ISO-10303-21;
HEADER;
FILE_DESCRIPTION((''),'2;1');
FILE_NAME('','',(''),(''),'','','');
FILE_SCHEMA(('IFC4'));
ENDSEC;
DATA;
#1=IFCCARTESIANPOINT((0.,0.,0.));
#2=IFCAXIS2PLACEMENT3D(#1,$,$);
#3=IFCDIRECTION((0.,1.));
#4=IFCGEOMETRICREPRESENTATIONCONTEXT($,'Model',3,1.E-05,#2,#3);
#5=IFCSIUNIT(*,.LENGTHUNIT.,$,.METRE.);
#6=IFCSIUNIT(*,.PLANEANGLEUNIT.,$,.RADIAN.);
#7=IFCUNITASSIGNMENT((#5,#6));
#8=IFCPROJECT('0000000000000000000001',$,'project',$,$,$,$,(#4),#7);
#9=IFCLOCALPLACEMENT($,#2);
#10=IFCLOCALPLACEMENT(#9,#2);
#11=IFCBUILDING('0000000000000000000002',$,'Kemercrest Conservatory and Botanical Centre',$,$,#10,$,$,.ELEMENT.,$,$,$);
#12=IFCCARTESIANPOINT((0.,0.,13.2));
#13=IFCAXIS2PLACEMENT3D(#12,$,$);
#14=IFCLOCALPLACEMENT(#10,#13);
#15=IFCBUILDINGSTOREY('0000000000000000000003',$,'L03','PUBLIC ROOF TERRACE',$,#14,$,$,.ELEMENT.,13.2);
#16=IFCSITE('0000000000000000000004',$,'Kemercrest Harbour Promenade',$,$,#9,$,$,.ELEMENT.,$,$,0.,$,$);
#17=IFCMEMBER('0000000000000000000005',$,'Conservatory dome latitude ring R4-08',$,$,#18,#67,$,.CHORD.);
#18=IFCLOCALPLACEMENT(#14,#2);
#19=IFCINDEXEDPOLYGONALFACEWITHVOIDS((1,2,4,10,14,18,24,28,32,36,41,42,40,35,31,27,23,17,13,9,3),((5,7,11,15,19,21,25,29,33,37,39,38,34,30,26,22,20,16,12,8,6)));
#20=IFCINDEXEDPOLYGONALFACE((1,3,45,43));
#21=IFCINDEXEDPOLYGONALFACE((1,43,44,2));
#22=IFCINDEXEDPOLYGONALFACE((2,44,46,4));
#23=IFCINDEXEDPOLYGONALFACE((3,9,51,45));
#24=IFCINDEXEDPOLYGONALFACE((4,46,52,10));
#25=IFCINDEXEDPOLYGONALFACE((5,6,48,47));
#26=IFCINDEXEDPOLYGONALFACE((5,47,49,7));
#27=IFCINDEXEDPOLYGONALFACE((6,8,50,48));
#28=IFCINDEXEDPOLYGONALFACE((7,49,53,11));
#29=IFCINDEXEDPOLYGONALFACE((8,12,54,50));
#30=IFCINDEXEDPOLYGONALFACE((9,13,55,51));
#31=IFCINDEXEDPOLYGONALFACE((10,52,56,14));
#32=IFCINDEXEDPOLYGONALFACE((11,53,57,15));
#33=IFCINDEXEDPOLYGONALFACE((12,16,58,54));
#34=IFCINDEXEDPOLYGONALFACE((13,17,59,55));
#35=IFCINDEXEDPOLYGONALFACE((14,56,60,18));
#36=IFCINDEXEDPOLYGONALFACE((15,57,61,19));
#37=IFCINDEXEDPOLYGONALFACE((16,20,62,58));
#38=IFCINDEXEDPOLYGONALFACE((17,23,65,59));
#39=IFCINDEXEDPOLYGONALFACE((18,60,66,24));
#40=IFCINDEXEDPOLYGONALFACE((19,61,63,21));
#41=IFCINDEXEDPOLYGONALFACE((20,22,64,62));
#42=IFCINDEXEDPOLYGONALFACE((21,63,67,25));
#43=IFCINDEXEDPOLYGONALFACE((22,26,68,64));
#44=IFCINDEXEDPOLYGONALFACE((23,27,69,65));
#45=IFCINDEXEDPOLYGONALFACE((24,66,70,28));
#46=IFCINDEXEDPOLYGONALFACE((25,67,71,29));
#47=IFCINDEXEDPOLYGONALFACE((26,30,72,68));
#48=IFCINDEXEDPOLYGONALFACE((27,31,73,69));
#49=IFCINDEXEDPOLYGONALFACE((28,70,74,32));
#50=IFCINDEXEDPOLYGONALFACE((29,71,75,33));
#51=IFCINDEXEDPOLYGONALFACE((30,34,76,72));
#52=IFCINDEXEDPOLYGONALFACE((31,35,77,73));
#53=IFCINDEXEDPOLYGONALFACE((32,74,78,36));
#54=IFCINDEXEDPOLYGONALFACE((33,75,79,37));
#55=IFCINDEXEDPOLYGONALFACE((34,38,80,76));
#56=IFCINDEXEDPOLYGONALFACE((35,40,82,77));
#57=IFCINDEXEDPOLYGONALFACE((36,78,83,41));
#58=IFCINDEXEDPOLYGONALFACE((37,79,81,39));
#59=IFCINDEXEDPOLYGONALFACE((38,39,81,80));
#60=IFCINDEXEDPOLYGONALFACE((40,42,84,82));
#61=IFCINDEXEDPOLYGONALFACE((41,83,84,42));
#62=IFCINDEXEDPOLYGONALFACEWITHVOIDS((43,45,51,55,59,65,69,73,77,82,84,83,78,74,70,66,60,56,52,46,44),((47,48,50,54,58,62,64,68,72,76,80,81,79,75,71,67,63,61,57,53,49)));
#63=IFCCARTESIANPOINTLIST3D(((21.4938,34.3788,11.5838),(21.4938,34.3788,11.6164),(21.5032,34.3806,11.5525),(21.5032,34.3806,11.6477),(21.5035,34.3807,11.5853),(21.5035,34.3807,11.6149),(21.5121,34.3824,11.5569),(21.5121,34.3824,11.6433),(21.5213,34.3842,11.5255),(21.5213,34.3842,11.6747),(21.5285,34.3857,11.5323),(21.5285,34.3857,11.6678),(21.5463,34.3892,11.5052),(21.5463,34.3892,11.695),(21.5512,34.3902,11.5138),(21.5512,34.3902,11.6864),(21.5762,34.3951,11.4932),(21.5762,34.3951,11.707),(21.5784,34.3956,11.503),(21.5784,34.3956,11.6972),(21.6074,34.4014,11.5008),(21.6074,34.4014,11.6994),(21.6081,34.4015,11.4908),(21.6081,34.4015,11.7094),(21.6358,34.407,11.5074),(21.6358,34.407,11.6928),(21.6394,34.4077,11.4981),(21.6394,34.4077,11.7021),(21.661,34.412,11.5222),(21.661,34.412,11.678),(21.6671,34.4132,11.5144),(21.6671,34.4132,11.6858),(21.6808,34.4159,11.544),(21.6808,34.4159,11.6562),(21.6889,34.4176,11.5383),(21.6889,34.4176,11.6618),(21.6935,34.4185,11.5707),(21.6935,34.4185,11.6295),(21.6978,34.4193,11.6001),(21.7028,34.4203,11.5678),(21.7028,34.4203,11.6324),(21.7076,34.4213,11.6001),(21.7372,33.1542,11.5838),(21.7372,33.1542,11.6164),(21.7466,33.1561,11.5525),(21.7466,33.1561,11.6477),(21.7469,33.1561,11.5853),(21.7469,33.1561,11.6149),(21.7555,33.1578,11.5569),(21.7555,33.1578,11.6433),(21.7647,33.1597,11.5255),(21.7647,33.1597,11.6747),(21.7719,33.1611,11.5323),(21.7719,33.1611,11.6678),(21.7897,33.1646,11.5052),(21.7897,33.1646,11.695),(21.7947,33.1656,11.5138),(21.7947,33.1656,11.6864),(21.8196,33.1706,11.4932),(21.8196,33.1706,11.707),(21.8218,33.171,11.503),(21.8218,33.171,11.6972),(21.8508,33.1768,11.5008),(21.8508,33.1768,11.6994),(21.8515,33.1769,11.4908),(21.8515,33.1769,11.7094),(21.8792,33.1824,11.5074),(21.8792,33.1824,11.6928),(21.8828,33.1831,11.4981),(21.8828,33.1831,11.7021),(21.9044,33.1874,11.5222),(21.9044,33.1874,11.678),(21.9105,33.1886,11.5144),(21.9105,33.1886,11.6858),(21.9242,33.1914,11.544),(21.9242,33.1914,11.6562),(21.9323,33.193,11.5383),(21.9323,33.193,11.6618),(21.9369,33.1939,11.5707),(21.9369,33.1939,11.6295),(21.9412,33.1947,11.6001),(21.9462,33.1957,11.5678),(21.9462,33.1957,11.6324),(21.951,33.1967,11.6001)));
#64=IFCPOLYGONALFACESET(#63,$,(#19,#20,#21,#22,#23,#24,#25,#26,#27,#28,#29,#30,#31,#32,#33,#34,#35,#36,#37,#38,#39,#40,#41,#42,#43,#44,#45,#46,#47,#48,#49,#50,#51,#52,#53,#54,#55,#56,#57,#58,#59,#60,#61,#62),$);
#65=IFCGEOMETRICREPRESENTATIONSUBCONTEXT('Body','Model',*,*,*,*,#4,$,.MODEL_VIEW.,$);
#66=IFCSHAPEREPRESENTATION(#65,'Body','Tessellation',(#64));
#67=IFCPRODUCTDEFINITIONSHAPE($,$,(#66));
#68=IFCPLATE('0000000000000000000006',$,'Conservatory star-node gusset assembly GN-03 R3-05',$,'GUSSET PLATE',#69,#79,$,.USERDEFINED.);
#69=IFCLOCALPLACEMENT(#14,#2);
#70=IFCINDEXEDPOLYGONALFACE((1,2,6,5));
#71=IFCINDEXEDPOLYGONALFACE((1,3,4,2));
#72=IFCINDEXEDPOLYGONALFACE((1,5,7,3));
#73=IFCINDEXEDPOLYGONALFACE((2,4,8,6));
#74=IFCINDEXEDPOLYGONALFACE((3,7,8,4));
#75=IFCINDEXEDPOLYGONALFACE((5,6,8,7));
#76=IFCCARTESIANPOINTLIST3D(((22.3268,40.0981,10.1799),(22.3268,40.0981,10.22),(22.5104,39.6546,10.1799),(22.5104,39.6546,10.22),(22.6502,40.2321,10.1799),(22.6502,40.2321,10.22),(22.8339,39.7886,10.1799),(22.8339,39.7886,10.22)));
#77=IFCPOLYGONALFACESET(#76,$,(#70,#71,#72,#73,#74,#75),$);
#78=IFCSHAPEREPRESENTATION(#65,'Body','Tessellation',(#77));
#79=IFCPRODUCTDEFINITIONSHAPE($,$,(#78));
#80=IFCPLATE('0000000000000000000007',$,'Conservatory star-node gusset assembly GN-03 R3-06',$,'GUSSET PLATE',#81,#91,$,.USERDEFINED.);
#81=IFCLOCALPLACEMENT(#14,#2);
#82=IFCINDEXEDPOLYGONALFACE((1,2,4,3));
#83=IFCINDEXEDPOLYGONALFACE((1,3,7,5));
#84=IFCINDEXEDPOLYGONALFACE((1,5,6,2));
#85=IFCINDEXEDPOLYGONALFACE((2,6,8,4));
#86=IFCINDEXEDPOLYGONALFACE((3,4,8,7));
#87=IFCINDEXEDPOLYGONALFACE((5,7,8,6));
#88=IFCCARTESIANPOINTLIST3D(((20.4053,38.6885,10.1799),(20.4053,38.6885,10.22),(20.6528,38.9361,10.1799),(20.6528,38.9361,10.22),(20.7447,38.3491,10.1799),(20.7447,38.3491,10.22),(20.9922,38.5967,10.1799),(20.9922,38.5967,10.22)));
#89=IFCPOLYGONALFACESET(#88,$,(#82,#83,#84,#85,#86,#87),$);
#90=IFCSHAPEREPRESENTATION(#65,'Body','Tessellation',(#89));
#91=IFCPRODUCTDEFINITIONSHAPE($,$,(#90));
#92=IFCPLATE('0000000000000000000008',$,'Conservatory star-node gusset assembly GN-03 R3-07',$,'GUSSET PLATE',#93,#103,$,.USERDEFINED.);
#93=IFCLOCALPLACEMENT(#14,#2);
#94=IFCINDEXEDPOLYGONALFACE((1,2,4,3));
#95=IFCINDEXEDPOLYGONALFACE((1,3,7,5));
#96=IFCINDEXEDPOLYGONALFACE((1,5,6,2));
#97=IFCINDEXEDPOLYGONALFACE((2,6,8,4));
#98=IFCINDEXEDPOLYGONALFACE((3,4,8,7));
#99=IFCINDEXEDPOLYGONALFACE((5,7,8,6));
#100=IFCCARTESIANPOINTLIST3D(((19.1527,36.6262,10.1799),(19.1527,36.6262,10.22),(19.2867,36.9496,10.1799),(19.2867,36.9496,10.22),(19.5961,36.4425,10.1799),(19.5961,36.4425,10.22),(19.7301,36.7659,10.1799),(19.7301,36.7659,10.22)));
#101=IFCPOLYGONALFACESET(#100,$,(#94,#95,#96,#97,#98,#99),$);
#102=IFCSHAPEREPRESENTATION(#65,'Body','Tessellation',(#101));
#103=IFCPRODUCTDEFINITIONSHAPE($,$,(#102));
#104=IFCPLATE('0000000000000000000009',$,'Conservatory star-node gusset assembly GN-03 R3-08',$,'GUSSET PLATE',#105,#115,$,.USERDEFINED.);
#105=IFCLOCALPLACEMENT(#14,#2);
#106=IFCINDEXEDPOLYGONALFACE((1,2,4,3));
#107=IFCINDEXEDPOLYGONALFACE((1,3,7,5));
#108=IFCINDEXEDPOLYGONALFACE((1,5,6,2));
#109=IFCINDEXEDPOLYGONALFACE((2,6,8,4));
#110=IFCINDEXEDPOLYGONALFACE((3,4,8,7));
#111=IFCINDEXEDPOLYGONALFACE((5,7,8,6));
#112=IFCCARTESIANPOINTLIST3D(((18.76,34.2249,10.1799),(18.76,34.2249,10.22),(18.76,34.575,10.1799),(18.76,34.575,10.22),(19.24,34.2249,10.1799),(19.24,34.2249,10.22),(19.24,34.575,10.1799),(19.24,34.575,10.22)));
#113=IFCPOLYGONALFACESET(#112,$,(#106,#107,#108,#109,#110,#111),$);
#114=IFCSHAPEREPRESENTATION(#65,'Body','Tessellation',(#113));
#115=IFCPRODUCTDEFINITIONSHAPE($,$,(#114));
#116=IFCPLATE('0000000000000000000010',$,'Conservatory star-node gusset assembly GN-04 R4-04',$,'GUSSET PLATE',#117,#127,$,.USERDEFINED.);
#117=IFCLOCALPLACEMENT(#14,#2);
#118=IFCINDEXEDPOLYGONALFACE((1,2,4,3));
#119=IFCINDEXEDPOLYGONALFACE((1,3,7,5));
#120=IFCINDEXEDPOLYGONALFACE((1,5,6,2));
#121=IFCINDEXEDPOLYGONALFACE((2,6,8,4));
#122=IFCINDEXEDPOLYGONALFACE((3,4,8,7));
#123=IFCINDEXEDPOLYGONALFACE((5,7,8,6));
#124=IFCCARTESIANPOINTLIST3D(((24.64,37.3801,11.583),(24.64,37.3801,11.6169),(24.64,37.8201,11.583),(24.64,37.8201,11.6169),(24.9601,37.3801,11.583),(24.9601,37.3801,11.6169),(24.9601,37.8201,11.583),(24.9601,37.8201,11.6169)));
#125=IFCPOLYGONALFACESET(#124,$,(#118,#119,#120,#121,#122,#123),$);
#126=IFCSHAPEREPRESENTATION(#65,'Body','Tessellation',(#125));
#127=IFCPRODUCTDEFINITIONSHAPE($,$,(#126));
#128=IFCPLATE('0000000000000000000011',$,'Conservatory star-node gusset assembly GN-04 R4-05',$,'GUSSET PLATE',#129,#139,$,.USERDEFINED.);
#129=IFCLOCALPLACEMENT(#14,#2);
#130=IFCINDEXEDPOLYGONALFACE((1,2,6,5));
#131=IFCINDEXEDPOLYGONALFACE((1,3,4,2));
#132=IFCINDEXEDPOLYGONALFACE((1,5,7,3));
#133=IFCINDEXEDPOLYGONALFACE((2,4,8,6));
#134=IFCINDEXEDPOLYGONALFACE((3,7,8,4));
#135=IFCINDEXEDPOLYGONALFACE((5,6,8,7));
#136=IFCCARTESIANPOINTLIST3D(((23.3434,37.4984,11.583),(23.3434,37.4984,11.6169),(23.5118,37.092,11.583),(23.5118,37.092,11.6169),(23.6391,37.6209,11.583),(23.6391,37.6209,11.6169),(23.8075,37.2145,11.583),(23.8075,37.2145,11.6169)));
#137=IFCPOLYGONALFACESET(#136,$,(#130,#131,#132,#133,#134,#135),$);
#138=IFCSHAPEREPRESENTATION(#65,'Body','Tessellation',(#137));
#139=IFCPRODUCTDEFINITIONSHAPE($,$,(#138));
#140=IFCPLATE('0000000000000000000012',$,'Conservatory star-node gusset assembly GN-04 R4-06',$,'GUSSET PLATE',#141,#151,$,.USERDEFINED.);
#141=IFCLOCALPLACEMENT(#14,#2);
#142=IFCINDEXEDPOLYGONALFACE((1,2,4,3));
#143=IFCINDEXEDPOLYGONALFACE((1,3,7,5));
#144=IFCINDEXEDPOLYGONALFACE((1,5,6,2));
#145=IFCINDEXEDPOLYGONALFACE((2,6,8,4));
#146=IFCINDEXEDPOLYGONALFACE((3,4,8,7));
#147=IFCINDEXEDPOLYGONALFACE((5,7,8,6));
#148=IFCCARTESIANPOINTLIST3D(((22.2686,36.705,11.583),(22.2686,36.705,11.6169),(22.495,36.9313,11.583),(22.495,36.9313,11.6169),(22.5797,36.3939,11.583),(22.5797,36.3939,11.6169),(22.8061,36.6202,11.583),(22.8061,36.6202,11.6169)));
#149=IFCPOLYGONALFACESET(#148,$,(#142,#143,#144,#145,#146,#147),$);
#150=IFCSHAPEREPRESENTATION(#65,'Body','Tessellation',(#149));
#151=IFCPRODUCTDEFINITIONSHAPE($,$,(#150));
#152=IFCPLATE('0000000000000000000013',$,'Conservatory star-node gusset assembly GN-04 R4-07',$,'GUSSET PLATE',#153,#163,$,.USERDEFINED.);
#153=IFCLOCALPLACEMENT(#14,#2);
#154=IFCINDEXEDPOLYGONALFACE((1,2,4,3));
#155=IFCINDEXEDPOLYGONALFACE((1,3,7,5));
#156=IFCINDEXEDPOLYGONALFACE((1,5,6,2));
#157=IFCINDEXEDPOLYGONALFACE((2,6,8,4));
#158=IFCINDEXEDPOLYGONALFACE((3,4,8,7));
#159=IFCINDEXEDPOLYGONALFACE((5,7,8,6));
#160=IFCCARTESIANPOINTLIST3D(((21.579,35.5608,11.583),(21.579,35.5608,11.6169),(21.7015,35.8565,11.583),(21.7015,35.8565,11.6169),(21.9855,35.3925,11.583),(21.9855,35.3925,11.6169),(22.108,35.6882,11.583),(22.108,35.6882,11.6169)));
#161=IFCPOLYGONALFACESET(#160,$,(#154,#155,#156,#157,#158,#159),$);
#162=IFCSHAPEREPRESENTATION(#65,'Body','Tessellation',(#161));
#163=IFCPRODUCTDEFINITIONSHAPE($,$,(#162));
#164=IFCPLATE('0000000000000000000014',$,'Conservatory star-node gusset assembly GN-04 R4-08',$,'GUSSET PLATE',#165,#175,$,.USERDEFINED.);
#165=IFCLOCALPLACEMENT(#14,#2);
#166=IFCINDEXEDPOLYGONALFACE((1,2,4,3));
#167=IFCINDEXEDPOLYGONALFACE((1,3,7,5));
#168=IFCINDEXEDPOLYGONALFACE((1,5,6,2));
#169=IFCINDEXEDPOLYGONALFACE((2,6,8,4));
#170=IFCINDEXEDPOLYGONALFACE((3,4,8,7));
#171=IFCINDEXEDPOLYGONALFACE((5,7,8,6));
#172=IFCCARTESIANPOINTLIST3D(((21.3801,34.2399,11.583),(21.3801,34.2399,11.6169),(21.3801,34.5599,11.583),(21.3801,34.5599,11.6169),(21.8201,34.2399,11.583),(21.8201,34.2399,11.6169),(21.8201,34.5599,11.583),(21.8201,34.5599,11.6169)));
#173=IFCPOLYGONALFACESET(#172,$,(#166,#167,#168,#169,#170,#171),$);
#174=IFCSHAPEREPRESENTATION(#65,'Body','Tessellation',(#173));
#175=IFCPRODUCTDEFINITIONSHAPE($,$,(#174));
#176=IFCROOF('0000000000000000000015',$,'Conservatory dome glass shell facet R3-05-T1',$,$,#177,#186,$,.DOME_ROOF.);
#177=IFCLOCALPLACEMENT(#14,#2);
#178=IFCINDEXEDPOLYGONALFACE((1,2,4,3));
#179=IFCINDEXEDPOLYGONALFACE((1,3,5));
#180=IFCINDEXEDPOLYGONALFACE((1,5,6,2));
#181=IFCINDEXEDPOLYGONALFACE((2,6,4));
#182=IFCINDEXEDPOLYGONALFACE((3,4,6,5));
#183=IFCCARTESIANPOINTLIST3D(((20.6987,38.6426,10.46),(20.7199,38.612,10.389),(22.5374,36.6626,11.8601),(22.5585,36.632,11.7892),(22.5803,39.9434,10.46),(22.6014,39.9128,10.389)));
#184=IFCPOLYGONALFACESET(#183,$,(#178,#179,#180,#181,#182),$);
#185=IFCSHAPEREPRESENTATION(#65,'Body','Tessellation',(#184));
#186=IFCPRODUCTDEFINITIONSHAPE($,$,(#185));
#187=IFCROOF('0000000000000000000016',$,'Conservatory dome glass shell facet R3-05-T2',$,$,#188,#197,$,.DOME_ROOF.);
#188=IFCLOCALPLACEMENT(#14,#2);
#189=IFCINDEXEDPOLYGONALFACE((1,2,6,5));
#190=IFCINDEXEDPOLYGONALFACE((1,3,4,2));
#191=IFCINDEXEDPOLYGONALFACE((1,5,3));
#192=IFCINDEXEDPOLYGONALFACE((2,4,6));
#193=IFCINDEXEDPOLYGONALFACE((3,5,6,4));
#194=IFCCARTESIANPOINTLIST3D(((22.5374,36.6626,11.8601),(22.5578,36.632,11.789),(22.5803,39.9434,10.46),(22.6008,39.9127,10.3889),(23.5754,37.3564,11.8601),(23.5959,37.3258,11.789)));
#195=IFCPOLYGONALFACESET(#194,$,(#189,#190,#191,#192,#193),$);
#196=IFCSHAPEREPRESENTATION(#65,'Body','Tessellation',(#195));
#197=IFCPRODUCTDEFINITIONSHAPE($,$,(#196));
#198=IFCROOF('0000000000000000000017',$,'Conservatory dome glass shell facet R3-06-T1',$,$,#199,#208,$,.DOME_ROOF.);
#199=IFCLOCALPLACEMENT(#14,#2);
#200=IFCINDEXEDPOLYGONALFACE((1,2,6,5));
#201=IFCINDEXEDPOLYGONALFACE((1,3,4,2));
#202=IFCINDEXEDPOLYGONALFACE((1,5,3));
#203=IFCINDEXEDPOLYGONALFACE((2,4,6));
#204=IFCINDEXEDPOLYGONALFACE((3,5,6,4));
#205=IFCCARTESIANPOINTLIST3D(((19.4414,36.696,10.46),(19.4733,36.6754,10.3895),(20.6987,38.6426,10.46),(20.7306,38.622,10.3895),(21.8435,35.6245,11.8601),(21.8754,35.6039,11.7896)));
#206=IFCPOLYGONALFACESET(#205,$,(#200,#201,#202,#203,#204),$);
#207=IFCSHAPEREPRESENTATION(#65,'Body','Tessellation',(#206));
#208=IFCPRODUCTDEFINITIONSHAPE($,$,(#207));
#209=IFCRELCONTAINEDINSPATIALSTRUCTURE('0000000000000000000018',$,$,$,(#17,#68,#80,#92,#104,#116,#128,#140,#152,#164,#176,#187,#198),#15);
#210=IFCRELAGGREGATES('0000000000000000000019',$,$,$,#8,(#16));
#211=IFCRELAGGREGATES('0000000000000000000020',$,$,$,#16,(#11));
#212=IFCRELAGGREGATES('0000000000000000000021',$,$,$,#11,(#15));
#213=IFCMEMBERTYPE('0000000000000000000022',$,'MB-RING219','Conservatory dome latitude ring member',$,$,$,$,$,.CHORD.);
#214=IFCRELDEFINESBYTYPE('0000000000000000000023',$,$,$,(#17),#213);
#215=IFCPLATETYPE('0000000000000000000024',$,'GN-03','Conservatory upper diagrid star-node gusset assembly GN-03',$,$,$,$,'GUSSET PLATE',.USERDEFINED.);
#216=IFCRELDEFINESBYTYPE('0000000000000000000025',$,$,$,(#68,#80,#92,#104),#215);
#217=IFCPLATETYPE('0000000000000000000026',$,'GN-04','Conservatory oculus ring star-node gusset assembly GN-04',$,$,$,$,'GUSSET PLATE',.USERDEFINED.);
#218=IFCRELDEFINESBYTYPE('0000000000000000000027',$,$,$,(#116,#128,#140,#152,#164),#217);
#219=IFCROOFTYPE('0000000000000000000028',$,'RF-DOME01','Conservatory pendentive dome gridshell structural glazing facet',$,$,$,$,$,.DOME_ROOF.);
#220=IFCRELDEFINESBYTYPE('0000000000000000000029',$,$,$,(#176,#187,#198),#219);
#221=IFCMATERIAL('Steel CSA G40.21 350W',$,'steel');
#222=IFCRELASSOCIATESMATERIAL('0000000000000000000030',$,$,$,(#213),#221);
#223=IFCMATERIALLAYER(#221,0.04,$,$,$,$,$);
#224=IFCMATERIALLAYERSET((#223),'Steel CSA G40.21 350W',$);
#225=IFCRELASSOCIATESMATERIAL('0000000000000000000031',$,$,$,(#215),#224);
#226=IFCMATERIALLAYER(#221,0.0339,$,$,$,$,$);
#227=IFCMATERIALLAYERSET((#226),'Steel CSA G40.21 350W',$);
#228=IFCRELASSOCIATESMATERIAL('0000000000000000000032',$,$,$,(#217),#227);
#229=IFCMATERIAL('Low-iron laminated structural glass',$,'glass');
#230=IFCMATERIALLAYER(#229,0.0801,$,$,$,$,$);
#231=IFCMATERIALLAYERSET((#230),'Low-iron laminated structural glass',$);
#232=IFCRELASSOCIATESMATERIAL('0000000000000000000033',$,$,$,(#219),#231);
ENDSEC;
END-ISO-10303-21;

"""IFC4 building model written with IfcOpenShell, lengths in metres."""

from ifc_helpers import new_model, si_unit, direction, frame, origin, origin_2d, place, context, subcontext, project, spatial, polyline, rectangle, hollow_circle, outline, extrude, material, layer, layer_set, material_profile, profile_set, type_object, element, save


model = new_model("IFC4")

# Units and contexts
model_context = context("Model", 3, precision=1e-05, world=origin(), true_north=direction((0.0, 1.0)))
body_context = subcontext(model_context, "Body", "Model", "MODEL_VIEW")
ifc_project = project(units=[si_unit("LENGTHUNIT", "METRE"), si_unit("PLANEANGLEUNIT", "RADIAN")], contexts=[model_context])

# Site, building, storey
site_placement = place(None, origin())
site = spatial("IfcSite", under=ifc_project, at=site_placement, Name="Kemercrest Harbour Promenade", CompositionType="ELEMENT", RefElevation=0.0)
building_placement = place(site_placement, origin())
building = spatial("IfcBuilding", under=site, at=building_placement, Name="Kemercrest Conservatory and Botanical Centre", CompositionType="ELEMENT")
storey_placement = place(building_placement, frame((0.0, 0.0, 13.2)))
storey = spatial("IfcBuildingStorey", under=building, at=storey_placement, Name="L03", Description="PUBLIC ROOF TERRACE", CompositionType="ELEMENT", Elevation=13.2)

# Shared definitions
ifc_material_1 = material(Name="Steel CSA G40.21 350W", Category="steel")

# Member
ifc_material_profile_1 = material_profile(ifc_material_1, hollow_circle(Radius=0.1096, WallThickness=0.01, at=origin_2d()), Name="CHS 219.1x10.0")
ifc_profile_set_1 = profile_set([ifc_material_profile_1], Name="Steel CSA G40.21 350W")
member_type_1 = type_object("IfcMemberType", Name="MB-RING219", Description="Conservatory dome latitude ring member", PredefinedType="CHORD", material=ifc_profile_set_1)
for number, where, z_axis, x_axis, name in (
    (1, (21.6001, 34.3999, 11.6001), (0.19495, -0.980813, 0.0), (0.980813, 0.19495, 0.0), "Conservatory dome latitude ring R4-08"),
):
    element("IfcMember", number, at=place(storey_placement, frame(where, z_axis=z_axis, x_axis=x_axis)), inside=storey, type_object=member_type_1, Name=name, PredefinedType="CHORD", context=body_context, shape_type="SweptSolid", body=[
        extrude(hollow_circle(Radius=0.1096, WallThickness=0.01, at=origin_2d()), origin(), (0.0, 0.0, 1.0), 1.2485),
    ])

# Plates
ifc_layer_1 = layer(ifc_material_1, 0.04)
ifc_layer_set_1 = layer_set([ifc_layer_1], Name="Steel CSA G40.21 350W")
plate_type_1 = type_object("IfcPlateType", Name="GN-03", Description="Conservatory upper diagrid star-node gusset assembly GN-03", ElementType="GUSSET PLATE", PredefinedType="USERDEFINED", material=ifc_layer_set_1)
for number, where, z_axis, x_axis, name in (
    (2, (22.5803, 39.9434, 10.1799), (0.0, 0.0, 1.0), (-0.382683, 0.92388, 0.0), "Conservatory star-node gusset assembly GN-03 R3-05"),
    (3, (20.6987, 38.6426, 10.1799), (0.0, 0.0, 1.0), (-0.707107, 0.707107, 0.0), "Conservatory star-node gusset assembly GN-03 R3-06"),
    (4, (19.4414, 36.696, 10.1799), (0.0, 0.0, 1.0), (-0.92388, 0.382683, 0.0), "Conservatory star-node gusset assembly GN-03 R3-07"),
    (5, (19.0, 34.3999, 10.1799), (0.0, 0.0, 1.0), (1.0, 0.0, 0.0), "Conservatory star-node gusset assembly GN-03 R3-08"),
):
    element("IfcPlate", number, at=place(storey_placement, frame(where, z_axis=z_axis, x_axis=x_axis)), inside=storey, type_object=plate_type_1, Name=name, ObjectType="GUSSET PLATE", PredefinedType="USERDEFINED", context=body_context, shape_type="SweptSolid", body=[
        extrude(rectangle(XDim=0.48, YDim=0.3501, at=origin_2d()), origin(), (0.0, 0.0, 1.0), 0.04),
    ])
ifc_layer_2 = layer(ifc_material_1, 0.0339)
ifc_layer_set_2 = layer_set([ifc_layer_2], Name="Steel CSA G40.21 350W")
plate_type_2 = type_object("IfcPlateType", Name="GN-04", Description="Conservatory oculus ring star-node gusset assembly GN-04", ElementType="GUSSET PLATE", PredefinedType="USERDEFINED", material=ifc_layer_set_2)
for number, where, z_axis, x_axis, name in (
    (6, (24.8, 37.6001, 11.583), (0.0, 0.0, 1.0), (0.0, 1.0, 0.0), "Conservatory star-node gusset assembly GN-04 R4-04"),
    (7, (23.5754, 37.3564, 11.583), (0.0, 0.0, 1.0), (-0.382683, 0.92388, 0.0), "Conservatory star-node gusset assembly GN-04 R4-05"),
    (8, (22.5374, 36.6626, 11.583), (0.0, 0.0, 1.0), (-0.707107, 0.707107, 0.0), "Conservatory star-node gusset assembly GN-04 R4-06"),
    (9, (21.8435, 35.6245, 11.583), (0.0, 0.0, 1.0), (-0.92388, 0.382683, 0.0), "Conservatory star-node gusset assembly GN-04 R4-07"),
    (10, (21.6001, 34.3999, 11.583), (0.0, 0.0, 1.0), (1.0, 0.0, 0.0), "Conservatory star-node gusset assembly GN-04 R4-08"),
):
    element("IfcPlate", number, at=place(storey_placement, frame(where, z_axis=z_axis, x_axis=x_axis)), inside=storey, type_object=plate_type_2, Name=name, ObjectType="GUSSET PLATE", PredefinedType="USERDEFINED", context=body_context, shape_type="SweptSolid", body=[
        extrude(rectangle(XDim=0.4399, YDim=0.3201, at=origin_2d()), origin(), (0.0, 0.0, 1.0), 0.0339),
    ])

# Roofs
ifc_material_2 = material(Name="Low-iron laminated structural glass", Category="glass")
ifc_layer_3 = layer(ifc_material_2, 0.0801)
ifc_layer_set_3 = layer_set([ifc_layer_3], Name="Low-iron laminated structural glass")
roof_type = type_object("IfcRoofType", Name="RF-DOME01", Description="Conservatory pendentive dome gridshell structural glazing facet", PredefinedType="DOME_ROOF", material=ifc_layer_set_3)
roof_1_placement = place(storey_placement, frame((22.5803, 39.9434, 10.46), z_axis=(-0.263768, 0.381542, 0.885919), x_axis=(-0.822572, -0.56866, 0.0)))
element("IfcRoof", 11, at=roof_1_placement, inside=storey, type_object=roof_type, Name="Conservatory dome glass shell facet R3-05-T1", PredefinedType="DOME_ROOF", context=body_context, shape_type="SweptSolid", body=[
    extrude(outline(polyline([(0.0, 0.0), (2.2874, 0.0), (1.901, 3.0186), (0.0, 0.0)])), origin(), (0.0, 0.0, -1.0), 0.0801),
])
roof_2_placement = place(storey_placement, frame((22.5803, 39.9434, 10.46), z_axis=(-0.255539, 0.38232, 0.887993), x_axis=(-0.012045, -0.919676, 0.392494)))
element("IfcRoof", 12, at=roof_2_placement, inside=storey, type_object=roof_type, Name="Conservatory dome glass shell facet R3-05-T2", PredefinedType="DOME_ROOF", context=body_context, shape_type="SweptSolid", body=[
    extrude(outline(polyline([(0.0, 0.0), (3.5673, 0.0), (2.9167, 1.0657), (0.0, 0.0)])), origin(), (0.0, 0.0, -1.0), 0.0801),
])
roof_3_placement = place(storey_placement, frame((20.6987, 38.6426, 10.46), z_axis=(-0.398376, 0.257323, 0.880387), x_axis=(-0.542583, -0.840002, 0.0)))
element("IfcRoof", 13, at=roof_3_placement, inside=storey, type_object=roof_type, Name="Conservatory dome glass shell facet R3-06-T1", PredefinedType="DOME_ROOF", context=body_context, shape_type="SweptSolid", body=[
    extrude(outline(polyline([(0.0, 0.0), (2.3173, 0.0), (1.914, 2.9523), (0.0, 0.0)])), origin(), (0.0, 0.0, -1.0), 0.0801),
])

save(model, "model.ifc")
